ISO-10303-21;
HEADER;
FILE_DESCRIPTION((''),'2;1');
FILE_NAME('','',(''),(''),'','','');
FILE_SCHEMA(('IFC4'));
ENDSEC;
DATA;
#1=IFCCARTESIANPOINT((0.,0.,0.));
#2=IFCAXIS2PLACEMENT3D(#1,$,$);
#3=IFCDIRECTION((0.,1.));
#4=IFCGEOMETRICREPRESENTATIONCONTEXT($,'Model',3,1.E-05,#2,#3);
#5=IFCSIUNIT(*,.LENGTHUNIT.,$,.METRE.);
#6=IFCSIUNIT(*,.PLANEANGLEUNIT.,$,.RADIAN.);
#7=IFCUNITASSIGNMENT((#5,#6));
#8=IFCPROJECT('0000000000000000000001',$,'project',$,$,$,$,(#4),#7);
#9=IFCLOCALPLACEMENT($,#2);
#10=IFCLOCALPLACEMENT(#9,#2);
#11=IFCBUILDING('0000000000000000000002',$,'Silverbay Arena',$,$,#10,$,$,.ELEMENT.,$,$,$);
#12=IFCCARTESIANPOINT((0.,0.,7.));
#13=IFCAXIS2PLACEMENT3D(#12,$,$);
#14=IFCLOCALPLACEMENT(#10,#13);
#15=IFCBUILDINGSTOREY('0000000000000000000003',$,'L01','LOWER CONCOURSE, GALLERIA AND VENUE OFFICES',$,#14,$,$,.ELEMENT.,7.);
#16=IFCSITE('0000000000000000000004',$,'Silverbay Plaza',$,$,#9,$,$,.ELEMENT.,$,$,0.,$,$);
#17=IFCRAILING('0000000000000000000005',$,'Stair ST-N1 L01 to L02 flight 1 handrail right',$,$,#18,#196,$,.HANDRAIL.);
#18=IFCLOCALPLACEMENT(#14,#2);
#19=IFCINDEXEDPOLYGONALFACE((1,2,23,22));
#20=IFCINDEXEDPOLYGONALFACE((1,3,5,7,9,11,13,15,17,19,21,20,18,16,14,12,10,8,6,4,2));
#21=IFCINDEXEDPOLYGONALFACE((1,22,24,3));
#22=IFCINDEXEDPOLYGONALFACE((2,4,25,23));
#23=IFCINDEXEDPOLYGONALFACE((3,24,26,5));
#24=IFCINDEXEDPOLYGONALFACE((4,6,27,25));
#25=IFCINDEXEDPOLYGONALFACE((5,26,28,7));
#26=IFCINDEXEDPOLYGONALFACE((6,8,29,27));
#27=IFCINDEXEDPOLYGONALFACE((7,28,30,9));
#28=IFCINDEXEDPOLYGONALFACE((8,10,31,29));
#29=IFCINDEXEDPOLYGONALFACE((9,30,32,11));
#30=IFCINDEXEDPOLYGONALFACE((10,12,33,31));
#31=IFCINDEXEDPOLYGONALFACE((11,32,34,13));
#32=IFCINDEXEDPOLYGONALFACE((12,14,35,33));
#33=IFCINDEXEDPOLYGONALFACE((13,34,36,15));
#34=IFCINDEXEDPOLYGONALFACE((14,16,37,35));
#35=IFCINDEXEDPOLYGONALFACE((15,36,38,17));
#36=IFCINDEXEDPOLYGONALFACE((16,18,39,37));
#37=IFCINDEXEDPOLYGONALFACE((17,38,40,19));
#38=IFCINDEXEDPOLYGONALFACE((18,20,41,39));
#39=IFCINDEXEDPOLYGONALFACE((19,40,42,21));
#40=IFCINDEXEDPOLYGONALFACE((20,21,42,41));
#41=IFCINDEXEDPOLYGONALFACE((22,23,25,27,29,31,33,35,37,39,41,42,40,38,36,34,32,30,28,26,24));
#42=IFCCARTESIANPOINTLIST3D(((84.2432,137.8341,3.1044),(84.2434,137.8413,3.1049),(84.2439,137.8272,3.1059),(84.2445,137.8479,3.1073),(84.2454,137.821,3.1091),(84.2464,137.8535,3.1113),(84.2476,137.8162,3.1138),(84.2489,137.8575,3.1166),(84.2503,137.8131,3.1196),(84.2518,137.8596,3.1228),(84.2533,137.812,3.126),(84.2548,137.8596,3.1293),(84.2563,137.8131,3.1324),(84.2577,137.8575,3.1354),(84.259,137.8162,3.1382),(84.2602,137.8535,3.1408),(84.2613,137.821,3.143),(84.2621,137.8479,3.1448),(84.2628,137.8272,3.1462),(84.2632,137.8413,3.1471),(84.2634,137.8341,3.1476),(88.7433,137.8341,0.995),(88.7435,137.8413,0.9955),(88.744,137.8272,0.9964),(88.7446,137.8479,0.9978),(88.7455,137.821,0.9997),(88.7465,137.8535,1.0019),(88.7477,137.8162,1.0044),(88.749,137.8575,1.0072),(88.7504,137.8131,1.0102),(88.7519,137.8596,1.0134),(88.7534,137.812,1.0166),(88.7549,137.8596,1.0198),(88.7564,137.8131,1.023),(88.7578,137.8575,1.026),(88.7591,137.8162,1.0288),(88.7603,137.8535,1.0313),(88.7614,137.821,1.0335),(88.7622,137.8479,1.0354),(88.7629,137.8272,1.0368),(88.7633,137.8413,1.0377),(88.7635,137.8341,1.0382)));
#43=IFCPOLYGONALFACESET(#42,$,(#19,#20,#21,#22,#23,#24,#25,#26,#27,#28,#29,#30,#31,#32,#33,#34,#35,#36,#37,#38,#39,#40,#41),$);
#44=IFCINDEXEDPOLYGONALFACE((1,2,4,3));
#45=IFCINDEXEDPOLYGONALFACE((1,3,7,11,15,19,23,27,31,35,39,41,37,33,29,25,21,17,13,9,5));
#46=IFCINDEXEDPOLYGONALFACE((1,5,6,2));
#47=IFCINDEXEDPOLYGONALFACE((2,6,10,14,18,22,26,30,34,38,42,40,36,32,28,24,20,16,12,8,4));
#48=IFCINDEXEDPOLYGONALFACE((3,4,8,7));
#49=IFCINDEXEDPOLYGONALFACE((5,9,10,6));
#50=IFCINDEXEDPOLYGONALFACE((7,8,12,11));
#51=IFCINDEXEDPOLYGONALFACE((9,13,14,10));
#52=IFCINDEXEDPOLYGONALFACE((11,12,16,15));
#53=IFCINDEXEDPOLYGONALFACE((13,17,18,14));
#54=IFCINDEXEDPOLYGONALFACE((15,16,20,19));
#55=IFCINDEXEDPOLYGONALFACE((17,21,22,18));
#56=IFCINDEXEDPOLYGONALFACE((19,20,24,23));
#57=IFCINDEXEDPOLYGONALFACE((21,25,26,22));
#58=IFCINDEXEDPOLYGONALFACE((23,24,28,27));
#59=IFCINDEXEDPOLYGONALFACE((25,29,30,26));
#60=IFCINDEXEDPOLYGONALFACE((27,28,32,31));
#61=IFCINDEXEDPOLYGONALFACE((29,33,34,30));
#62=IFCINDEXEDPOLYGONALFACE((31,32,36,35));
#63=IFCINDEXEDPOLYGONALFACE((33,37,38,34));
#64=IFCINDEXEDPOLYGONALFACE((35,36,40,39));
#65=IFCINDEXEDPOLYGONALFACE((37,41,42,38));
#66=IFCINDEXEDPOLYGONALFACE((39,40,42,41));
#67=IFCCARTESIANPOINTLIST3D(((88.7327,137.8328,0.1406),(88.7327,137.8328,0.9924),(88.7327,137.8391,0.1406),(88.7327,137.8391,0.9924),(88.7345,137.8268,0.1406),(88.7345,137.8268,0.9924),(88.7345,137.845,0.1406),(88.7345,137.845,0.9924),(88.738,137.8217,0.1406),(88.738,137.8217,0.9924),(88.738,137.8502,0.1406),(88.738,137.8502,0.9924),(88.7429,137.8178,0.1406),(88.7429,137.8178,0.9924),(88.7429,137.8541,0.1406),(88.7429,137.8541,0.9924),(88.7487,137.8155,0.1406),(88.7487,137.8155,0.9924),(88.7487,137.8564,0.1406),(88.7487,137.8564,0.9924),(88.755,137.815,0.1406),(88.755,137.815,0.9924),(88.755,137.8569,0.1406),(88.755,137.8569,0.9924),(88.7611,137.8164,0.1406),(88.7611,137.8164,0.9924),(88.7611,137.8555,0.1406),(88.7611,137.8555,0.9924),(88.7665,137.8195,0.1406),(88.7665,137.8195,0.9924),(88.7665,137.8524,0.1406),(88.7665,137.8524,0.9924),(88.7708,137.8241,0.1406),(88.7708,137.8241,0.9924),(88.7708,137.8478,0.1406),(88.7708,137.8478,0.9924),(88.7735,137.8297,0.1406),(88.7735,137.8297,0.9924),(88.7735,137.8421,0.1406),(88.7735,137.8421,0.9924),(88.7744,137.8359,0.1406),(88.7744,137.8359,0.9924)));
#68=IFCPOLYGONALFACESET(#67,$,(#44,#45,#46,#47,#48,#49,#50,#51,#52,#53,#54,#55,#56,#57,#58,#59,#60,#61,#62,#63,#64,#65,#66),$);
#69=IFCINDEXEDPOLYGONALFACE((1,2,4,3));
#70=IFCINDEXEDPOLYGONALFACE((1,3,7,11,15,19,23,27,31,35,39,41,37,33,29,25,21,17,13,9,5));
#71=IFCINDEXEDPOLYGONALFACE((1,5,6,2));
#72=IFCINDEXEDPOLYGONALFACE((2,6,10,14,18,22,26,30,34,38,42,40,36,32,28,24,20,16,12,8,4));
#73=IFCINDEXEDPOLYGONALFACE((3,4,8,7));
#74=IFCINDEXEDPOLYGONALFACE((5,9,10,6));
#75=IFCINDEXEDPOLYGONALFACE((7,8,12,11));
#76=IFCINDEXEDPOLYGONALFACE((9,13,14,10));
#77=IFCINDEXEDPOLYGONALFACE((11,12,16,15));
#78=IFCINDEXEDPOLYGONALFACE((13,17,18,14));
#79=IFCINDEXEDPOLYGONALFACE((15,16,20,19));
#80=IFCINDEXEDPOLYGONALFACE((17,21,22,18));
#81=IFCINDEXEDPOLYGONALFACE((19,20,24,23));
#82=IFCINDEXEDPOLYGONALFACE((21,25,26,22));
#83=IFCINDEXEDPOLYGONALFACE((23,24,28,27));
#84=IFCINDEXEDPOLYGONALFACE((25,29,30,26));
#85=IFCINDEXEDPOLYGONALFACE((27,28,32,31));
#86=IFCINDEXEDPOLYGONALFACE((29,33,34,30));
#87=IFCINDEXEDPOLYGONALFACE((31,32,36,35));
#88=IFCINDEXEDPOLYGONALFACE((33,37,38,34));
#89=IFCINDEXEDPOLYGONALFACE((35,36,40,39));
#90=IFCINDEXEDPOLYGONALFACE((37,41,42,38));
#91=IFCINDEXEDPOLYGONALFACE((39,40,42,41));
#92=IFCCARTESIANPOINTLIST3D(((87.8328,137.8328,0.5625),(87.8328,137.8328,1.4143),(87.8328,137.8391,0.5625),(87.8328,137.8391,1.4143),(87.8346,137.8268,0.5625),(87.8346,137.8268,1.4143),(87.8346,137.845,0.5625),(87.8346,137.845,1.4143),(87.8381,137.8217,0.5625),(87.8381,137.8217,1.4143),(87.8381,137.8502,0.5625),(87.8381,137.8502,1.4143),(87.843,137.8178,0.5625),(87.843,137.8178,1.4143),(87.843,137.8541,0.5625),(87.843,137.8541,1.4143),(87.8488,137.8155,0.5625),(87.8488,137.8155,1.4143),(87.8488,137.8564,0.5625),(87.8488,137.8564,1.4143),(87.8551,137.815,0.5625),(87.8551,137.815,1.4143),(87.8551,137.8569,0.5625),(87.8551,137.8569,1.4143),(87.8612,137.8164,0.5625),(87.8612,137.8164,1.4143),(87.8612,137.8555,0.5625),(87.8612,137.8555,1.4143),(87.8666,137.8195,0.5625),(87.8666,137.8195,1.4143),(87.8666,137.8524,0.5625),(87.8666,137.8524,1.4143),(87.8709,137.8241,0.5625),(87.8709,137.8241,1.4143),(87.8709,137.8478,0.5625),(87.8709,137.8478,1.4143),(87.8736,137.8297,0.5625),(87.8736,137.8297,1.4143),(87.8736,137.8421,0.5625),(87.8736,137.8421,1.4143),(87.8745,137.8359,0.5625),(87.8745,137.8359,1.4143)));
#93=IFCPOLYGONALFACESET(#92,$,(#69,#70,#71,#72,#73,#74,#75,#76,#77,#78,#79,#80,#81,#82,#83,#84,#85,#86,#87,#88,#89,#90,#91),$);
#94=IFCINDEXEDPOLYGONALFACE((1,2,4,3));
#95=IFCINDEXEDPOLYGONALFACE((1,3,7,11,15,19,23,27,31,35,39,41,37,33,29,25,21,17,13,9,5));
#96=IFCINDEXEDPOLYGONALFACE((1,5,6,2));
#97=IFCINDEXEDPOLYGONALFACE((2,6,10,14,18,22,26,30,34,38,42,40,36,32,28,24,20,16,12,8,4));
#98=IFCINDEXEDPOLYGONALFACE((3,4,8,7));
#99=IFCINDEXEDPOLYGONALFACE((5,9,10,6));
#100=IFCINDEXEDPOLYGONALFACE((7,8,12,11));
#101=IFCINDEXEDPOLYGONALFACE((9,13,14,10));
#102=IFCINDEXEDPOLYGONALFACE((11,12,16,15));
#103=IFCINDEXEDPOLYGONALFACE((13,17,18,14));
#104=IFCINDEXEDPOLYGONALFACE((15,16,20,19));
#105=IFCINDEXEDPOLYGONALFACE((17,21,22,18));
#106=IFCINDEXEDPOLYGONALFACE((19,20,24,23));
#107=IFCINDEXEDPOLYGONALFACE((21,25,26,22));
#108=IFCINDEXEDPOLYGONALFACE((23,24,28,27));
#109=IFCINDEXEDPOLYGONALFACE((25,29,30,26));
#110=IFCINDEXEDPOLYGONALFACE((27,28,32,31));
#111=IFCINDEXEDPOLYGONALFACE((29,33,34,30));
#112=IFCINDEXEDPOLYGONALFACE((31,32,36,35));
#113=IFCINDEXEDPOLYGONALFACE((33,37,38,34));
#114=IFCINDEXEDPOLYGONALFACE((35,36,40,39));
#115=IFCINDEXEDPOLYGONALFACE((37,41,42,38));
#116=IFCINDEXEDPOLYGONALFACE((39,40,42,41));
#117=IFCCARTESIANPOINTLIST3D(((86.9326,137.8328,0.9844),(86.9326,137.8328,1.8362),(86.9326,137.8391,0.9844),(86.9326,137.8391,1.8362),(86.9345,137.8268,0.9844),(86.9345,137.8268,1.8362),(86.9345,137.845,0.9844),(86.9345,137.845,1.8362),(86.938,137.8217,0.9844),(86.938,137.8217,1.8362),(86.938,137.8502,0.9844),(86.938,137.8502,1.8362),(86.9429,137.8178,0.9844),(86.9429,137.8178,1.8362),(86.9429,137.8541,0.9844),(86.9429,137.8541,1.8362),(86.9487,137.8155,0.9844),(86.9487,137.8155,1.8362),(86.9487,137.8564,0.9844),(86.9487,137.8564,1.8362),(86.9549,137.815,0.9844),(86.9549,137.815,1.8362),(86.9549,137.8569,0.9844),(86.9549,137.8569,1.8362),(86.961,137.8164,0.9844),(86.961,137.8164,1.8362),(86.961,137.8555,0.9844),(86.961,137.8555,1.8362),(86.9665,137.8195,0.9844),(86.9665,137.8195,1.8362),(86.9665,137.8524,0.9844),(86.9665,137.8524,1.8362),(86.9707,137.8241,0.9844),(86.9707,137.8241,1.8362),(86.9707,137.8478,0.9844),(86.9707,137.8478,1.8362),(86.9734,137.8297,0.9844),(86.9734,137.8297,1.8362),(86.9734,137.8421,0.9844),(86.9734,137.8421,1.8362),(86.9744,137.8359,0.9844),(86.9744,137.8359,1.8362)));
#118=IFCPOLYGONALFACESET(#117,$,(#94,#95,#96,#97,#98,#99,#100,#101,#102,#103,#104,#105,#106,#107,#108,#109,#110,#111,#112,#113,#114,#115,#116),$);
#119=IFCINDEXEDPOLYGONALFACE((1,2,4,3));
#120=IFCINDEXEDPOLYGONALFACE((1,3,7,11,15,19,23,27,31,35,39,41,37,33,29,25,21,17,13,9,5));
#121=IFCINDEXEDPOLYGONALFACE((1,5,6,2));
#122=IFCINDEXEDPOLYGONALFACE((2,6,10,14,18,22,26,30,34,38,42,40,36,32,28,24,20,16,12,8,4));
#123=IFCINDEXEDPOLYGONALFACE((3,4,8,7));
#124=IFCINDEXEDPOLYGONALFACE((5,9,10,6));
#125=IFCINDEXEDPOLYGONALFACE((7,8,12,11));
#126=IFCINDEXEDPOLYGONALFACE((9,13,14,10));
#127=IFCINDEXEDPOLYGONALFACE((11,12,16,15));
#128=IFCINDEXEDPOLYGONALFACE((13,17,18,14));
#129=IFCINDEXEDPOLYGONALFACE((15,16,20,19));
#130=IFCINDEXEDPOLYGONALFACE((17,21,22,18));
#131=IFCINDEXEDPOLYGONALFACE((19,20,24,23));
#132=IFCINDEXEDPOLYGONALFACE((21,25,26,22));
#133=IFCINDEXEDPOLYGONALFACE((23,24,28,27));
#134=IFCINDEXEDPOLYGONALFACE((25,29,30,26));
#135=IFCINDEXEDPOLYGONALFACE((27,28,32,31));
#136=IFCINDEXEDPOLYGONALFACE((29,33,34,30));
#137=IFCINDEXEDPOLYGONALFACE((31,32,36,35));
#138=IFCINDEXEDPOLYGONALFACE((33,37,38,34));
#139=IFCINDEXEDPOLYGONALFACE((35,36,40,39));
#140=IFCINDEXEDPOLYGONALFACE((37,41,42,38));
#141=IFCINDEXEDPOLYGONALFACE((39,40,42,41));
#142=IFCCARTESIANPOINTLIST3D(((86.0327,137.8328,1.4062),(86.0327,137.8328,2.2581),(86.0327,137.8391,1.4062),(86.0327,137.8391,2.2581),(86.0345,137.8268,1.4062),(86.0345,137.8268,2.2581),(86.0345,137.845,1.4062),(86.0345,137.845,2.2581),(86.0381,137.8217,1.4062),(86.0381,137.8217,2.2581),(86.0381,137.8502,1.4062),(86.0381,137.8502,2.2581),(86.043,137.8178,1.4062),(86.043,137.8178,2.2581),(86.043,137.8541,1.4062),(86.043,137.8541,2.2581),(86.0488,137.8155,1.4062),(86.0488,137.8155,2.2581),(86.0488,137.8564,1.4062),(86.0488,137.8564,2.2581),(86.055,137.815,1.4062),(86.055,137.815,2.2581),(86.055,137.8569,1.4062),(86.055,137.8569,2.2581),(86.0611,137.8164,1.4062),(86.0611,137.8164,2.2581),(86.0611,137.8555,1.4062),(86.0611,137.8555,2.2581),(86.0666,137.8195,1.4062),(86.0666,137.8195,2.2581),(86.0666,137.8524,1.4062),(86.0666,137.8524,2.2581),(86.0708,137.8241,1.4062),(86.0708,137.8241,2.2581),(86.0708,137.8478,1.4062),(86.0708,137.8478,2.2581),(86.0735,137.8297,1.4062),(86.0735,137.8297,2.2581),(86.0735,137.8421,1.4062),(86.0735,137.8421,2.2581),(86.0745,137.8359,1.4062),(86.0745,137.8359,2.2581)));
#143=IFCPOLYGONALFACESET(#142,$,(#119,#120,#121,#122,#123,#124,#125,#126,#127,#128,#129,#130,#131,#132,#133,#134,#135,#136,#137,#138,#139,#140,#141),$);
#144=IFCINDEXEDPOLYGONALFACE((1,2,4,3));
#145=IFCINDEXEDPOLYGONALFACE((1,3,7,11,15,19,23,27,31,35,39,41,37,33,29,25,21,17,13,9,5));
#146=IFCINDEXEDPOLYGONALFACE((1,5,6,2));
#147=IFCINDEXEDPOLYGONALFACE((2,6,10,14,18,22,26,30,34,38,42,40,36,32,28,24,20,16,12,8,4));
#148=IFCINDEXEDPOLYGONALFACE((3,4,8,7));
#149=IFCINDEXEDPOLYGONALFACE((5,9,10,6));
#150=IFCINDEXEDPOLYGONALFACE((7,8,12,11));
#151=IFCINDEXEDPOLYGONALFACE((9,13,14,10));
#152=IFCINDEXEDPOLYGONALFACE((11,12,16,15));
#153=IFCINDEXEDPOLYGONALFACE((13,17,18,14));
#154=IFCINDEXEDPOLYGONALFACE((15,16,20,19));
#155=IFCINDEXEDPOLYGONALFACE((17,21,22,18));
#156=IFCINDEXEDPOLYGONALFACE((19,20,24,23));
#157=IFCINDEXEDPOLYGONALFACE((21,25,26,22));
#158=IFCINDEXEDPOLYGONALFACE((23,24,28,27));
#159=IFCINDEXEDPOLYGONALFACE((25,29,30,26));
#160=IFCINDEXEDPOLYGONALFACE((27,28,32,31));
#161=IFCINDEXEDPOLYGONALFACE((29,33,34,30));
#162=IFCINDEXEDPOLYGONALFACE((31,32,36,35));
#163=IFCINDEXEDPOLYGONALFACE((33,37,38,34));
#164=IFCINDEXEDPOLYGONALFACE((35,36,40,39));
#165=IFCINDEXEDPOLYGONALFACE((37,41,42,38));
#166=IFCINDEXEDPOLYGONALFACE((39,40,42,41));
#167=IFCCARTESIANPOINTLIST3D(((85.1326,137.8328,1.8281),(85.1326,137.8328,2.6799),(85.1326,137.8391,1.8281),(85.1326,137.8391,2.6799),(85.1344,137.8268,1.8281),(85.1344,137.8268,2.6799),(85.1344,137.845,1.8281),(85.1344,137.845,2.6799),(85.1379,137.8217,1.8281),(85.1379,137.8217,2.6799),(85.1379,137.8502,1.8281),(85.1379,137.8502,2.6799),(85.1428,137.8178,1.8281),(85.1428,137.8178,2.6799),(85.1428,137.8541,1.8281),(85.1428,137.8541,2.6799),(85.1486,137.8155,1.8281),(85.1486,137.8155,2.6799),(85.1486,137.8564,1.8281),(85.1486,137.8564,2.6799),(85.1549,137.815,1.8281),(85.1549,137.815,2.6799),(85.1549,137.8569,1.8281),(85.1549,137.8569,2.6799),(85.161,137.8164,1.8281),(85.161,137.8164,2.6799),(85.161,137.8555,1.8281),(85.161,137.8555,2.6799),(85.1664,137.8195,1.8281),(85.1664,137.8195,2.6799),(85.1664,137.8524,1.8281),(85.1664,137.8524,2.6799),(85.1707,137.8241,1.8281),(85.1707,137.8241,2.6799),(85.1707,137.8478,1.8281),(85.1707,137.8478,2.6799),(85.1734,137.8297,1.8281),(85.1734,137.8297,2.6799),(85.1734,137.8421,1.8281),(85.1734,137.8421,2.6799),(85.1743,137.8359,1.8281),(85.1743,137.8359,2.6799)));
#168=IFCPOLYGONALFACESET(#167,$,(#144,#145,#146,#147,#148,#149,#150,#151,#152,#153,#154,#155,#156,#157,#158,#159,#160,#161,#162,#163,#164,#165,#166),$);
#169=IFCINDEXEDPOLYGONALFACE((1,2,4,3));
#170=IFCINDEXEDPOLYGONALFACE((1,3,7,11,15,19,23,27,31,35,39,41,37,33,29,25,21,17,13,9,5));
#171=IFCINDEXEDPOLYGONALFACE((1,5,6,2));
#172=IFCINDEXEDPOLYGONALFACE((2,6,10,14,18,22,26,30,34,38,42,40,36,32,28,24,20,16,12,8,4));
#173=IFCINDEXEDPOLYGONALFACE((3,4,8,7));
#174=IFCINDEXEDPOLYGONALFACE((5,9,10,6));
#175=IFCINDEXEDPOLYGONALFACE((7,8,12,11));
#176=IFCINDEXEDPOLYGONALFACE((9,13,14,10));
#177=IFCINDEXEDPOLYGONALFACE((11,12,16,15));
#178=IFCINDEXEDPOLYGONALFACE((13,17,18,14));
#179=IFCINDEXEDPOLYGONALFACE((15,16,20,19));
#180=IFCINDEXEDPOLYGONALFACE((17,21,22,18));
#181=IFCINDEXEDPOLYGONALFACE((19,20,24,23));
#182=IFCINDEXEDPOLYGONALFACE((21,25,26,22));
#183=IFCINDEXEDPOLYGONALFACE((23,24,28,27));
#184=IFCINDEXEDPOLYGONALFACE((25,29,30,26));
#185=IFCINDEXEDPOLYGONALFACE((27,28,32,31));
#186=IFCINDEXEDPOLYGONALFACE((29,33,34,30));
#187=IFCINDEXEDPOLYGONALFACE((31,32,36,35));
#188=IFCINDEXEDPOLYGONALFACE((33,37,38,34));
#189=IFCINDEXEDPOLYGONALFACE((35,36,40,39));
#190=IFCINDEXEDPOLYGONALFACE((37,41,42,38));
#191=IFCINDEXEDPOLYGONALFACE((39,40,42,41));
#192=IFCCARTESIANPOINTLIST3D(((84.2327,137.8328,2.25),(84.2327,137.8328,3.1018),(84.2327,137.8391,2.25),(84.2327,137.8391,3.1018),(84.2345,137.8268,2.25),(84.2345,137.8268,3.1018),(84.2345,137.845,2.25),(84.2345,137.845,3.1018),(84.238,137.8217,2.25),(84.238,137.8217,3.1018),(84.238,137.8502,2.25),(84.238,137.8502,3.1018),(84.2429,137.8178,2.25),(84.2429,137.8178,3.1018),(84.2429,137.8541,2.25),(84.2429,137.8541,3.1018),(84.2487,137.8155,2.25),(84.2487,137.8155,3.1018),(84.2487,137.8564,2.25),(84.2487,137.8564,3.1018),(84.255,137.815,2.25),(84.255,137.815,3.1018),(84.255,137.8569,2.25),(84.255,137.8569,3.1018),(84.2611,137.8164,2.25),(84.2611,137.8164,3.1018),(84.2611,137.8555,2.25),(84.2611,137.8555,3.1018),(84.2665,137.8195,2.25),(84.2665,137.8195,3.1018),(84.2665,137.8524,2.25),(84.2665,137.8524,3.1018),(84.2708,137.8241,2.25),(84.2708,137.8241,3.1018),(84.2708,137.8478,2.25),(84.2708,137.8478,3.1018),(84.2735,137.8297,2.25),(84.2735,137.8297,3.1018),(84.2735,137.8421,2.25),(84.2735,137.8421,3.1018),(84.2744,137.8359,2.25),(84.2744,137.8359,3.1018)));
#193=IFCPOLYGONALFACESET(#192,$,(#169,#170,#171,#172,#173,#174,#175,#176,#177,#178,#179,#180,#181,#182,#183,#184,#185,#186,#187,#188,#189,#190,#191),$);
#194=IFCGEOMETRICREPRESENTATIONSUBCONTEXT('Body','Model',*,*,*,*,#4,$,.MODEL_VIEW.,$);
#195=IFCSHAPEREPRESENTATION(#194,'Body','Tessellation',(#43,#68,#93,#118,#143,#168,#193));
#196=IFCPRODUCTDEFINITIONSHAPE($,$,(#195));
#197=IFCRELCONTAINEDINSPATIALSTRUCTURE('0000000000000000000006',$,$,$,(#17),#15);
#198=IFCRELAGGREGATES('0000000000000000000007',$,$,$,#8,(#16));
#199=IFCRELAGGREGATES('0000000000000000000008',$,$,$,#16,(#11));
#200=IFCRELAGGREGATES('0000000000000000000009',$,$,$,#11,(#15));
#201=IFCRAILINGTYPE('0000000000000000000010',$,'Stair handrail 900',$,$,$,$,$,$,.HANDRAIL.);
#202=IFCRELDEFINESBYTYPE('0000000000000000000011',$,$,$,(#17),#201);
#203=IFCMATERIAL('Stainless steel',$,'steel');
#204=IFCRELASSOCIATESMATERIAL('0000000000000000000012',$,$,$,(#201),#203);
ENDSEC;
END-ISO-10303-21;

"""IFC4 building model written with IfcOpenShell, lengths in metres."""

from ifc_helpers import new_model, si_unit, direction, frame, origin, origin_2d, place, context, subcontext, project, spatial, circle, extrude, material, type_object, element, save


model = new_model("IFC4")

# Units and contexts
model_context = context("Model", 3, precision=1e-05, world=origin(), true_north=direction((0.0, 1.0)))
body_context = subcontext(model_context, "Body", "Model", "MODEL_VIEW")
ifc_project = project(units=[si_unit("LENGTHUNIT", "METRE"), si_unit("PLANEANGLEUNIT", "RADIAN")], contexts=[model_context])

# Site, building, storey
site_placement = place(None, origin())
site = spatial("IfcSite", under=ifc_project, at=site_placement, Name="Silverbay Plaza", CompositionType="ELEMENT", RefElevation=0.0)
building_placement = place(site_placement, origin())
building = spatial("IfcBuilding", under=site, at=building_placement, Name="Silverbay Arena", CompositionType="ELEMENT")
storey_placement = place(building_placement, frame((0.0, 0.0, 7.0)))
storey = spatial("IfcBuildingStorey", under=building, at=storey_placement, Name="L01", Description="LOWER CONCOURSE, GALLERIA AND VENUE OFFICES", CompositionType="ELEMENT", Elevation=7.0)

# Railing
ifc_material_1 = material(Name="Stainless steel", Category="steel")
railing_type_1 = type_object("IfcRailingType", Name="Stair handrail 900", PredefinedType="HANDRAIL", material=ifc_material_1)
for number, where, name in (
    (1, (88.7534, 137.8359, 0.1406), "Stair ST-N1 L01 to L02 flight 1 handrail right"),
):
    element("IfcRailing", number, at=place(storey_placement, frame(where)), inside=storey, type_object=railing_type_1, Name=name, PredefinedType="HANDRAIL", context=body_context, shape_type="SweptSolid", body=[
        extrude(circle(Radius=0.0239, at=origin_2d()), frame((0.0, 0.0, 0.876), z_axis=(-0.905459, 0.0, 0.424434), x_axis=(0.0, -1.0, 0.0)), (0.0, 0.0, 1.0), 4.97),
        extrude(circle(Radius=0.021, at=origin_2d()), origin(), (0.0, 0.0, 1.0), 0.8518),
        extrude(circle(Radius=0.021, at=origin_2d()), frame((-0.8999, 0.0, 0.4219)), (0.0, 0.0, 1.0), 0.8518),
        extrude(circle(Radius=0.021, at=origin_2d()), frame((-1.8, 0.0, 0.8438)), (0.0, 0.0, 1.0), 0.8518),
        extrude(circle(Radius=0.021, at=origin_2d()), frame((-2.7, 0.0, 1.2656)), (0.0, 0.0, 1.0), 0.8518),
        extrude(circle(Radius=0.021, at=origin_2d()), frame((-3.6001, 0.0, 1.6875)), (0.0, 0.0, 1.0), 0.8518),
        extrude(circle(Radius=0.021, at=origin_2d()), frame((-4.5, 0.0, 2.1094)), (0.0, 0.0, 1.0), 0.8518),
    ])

save(model, "model.ifc")
